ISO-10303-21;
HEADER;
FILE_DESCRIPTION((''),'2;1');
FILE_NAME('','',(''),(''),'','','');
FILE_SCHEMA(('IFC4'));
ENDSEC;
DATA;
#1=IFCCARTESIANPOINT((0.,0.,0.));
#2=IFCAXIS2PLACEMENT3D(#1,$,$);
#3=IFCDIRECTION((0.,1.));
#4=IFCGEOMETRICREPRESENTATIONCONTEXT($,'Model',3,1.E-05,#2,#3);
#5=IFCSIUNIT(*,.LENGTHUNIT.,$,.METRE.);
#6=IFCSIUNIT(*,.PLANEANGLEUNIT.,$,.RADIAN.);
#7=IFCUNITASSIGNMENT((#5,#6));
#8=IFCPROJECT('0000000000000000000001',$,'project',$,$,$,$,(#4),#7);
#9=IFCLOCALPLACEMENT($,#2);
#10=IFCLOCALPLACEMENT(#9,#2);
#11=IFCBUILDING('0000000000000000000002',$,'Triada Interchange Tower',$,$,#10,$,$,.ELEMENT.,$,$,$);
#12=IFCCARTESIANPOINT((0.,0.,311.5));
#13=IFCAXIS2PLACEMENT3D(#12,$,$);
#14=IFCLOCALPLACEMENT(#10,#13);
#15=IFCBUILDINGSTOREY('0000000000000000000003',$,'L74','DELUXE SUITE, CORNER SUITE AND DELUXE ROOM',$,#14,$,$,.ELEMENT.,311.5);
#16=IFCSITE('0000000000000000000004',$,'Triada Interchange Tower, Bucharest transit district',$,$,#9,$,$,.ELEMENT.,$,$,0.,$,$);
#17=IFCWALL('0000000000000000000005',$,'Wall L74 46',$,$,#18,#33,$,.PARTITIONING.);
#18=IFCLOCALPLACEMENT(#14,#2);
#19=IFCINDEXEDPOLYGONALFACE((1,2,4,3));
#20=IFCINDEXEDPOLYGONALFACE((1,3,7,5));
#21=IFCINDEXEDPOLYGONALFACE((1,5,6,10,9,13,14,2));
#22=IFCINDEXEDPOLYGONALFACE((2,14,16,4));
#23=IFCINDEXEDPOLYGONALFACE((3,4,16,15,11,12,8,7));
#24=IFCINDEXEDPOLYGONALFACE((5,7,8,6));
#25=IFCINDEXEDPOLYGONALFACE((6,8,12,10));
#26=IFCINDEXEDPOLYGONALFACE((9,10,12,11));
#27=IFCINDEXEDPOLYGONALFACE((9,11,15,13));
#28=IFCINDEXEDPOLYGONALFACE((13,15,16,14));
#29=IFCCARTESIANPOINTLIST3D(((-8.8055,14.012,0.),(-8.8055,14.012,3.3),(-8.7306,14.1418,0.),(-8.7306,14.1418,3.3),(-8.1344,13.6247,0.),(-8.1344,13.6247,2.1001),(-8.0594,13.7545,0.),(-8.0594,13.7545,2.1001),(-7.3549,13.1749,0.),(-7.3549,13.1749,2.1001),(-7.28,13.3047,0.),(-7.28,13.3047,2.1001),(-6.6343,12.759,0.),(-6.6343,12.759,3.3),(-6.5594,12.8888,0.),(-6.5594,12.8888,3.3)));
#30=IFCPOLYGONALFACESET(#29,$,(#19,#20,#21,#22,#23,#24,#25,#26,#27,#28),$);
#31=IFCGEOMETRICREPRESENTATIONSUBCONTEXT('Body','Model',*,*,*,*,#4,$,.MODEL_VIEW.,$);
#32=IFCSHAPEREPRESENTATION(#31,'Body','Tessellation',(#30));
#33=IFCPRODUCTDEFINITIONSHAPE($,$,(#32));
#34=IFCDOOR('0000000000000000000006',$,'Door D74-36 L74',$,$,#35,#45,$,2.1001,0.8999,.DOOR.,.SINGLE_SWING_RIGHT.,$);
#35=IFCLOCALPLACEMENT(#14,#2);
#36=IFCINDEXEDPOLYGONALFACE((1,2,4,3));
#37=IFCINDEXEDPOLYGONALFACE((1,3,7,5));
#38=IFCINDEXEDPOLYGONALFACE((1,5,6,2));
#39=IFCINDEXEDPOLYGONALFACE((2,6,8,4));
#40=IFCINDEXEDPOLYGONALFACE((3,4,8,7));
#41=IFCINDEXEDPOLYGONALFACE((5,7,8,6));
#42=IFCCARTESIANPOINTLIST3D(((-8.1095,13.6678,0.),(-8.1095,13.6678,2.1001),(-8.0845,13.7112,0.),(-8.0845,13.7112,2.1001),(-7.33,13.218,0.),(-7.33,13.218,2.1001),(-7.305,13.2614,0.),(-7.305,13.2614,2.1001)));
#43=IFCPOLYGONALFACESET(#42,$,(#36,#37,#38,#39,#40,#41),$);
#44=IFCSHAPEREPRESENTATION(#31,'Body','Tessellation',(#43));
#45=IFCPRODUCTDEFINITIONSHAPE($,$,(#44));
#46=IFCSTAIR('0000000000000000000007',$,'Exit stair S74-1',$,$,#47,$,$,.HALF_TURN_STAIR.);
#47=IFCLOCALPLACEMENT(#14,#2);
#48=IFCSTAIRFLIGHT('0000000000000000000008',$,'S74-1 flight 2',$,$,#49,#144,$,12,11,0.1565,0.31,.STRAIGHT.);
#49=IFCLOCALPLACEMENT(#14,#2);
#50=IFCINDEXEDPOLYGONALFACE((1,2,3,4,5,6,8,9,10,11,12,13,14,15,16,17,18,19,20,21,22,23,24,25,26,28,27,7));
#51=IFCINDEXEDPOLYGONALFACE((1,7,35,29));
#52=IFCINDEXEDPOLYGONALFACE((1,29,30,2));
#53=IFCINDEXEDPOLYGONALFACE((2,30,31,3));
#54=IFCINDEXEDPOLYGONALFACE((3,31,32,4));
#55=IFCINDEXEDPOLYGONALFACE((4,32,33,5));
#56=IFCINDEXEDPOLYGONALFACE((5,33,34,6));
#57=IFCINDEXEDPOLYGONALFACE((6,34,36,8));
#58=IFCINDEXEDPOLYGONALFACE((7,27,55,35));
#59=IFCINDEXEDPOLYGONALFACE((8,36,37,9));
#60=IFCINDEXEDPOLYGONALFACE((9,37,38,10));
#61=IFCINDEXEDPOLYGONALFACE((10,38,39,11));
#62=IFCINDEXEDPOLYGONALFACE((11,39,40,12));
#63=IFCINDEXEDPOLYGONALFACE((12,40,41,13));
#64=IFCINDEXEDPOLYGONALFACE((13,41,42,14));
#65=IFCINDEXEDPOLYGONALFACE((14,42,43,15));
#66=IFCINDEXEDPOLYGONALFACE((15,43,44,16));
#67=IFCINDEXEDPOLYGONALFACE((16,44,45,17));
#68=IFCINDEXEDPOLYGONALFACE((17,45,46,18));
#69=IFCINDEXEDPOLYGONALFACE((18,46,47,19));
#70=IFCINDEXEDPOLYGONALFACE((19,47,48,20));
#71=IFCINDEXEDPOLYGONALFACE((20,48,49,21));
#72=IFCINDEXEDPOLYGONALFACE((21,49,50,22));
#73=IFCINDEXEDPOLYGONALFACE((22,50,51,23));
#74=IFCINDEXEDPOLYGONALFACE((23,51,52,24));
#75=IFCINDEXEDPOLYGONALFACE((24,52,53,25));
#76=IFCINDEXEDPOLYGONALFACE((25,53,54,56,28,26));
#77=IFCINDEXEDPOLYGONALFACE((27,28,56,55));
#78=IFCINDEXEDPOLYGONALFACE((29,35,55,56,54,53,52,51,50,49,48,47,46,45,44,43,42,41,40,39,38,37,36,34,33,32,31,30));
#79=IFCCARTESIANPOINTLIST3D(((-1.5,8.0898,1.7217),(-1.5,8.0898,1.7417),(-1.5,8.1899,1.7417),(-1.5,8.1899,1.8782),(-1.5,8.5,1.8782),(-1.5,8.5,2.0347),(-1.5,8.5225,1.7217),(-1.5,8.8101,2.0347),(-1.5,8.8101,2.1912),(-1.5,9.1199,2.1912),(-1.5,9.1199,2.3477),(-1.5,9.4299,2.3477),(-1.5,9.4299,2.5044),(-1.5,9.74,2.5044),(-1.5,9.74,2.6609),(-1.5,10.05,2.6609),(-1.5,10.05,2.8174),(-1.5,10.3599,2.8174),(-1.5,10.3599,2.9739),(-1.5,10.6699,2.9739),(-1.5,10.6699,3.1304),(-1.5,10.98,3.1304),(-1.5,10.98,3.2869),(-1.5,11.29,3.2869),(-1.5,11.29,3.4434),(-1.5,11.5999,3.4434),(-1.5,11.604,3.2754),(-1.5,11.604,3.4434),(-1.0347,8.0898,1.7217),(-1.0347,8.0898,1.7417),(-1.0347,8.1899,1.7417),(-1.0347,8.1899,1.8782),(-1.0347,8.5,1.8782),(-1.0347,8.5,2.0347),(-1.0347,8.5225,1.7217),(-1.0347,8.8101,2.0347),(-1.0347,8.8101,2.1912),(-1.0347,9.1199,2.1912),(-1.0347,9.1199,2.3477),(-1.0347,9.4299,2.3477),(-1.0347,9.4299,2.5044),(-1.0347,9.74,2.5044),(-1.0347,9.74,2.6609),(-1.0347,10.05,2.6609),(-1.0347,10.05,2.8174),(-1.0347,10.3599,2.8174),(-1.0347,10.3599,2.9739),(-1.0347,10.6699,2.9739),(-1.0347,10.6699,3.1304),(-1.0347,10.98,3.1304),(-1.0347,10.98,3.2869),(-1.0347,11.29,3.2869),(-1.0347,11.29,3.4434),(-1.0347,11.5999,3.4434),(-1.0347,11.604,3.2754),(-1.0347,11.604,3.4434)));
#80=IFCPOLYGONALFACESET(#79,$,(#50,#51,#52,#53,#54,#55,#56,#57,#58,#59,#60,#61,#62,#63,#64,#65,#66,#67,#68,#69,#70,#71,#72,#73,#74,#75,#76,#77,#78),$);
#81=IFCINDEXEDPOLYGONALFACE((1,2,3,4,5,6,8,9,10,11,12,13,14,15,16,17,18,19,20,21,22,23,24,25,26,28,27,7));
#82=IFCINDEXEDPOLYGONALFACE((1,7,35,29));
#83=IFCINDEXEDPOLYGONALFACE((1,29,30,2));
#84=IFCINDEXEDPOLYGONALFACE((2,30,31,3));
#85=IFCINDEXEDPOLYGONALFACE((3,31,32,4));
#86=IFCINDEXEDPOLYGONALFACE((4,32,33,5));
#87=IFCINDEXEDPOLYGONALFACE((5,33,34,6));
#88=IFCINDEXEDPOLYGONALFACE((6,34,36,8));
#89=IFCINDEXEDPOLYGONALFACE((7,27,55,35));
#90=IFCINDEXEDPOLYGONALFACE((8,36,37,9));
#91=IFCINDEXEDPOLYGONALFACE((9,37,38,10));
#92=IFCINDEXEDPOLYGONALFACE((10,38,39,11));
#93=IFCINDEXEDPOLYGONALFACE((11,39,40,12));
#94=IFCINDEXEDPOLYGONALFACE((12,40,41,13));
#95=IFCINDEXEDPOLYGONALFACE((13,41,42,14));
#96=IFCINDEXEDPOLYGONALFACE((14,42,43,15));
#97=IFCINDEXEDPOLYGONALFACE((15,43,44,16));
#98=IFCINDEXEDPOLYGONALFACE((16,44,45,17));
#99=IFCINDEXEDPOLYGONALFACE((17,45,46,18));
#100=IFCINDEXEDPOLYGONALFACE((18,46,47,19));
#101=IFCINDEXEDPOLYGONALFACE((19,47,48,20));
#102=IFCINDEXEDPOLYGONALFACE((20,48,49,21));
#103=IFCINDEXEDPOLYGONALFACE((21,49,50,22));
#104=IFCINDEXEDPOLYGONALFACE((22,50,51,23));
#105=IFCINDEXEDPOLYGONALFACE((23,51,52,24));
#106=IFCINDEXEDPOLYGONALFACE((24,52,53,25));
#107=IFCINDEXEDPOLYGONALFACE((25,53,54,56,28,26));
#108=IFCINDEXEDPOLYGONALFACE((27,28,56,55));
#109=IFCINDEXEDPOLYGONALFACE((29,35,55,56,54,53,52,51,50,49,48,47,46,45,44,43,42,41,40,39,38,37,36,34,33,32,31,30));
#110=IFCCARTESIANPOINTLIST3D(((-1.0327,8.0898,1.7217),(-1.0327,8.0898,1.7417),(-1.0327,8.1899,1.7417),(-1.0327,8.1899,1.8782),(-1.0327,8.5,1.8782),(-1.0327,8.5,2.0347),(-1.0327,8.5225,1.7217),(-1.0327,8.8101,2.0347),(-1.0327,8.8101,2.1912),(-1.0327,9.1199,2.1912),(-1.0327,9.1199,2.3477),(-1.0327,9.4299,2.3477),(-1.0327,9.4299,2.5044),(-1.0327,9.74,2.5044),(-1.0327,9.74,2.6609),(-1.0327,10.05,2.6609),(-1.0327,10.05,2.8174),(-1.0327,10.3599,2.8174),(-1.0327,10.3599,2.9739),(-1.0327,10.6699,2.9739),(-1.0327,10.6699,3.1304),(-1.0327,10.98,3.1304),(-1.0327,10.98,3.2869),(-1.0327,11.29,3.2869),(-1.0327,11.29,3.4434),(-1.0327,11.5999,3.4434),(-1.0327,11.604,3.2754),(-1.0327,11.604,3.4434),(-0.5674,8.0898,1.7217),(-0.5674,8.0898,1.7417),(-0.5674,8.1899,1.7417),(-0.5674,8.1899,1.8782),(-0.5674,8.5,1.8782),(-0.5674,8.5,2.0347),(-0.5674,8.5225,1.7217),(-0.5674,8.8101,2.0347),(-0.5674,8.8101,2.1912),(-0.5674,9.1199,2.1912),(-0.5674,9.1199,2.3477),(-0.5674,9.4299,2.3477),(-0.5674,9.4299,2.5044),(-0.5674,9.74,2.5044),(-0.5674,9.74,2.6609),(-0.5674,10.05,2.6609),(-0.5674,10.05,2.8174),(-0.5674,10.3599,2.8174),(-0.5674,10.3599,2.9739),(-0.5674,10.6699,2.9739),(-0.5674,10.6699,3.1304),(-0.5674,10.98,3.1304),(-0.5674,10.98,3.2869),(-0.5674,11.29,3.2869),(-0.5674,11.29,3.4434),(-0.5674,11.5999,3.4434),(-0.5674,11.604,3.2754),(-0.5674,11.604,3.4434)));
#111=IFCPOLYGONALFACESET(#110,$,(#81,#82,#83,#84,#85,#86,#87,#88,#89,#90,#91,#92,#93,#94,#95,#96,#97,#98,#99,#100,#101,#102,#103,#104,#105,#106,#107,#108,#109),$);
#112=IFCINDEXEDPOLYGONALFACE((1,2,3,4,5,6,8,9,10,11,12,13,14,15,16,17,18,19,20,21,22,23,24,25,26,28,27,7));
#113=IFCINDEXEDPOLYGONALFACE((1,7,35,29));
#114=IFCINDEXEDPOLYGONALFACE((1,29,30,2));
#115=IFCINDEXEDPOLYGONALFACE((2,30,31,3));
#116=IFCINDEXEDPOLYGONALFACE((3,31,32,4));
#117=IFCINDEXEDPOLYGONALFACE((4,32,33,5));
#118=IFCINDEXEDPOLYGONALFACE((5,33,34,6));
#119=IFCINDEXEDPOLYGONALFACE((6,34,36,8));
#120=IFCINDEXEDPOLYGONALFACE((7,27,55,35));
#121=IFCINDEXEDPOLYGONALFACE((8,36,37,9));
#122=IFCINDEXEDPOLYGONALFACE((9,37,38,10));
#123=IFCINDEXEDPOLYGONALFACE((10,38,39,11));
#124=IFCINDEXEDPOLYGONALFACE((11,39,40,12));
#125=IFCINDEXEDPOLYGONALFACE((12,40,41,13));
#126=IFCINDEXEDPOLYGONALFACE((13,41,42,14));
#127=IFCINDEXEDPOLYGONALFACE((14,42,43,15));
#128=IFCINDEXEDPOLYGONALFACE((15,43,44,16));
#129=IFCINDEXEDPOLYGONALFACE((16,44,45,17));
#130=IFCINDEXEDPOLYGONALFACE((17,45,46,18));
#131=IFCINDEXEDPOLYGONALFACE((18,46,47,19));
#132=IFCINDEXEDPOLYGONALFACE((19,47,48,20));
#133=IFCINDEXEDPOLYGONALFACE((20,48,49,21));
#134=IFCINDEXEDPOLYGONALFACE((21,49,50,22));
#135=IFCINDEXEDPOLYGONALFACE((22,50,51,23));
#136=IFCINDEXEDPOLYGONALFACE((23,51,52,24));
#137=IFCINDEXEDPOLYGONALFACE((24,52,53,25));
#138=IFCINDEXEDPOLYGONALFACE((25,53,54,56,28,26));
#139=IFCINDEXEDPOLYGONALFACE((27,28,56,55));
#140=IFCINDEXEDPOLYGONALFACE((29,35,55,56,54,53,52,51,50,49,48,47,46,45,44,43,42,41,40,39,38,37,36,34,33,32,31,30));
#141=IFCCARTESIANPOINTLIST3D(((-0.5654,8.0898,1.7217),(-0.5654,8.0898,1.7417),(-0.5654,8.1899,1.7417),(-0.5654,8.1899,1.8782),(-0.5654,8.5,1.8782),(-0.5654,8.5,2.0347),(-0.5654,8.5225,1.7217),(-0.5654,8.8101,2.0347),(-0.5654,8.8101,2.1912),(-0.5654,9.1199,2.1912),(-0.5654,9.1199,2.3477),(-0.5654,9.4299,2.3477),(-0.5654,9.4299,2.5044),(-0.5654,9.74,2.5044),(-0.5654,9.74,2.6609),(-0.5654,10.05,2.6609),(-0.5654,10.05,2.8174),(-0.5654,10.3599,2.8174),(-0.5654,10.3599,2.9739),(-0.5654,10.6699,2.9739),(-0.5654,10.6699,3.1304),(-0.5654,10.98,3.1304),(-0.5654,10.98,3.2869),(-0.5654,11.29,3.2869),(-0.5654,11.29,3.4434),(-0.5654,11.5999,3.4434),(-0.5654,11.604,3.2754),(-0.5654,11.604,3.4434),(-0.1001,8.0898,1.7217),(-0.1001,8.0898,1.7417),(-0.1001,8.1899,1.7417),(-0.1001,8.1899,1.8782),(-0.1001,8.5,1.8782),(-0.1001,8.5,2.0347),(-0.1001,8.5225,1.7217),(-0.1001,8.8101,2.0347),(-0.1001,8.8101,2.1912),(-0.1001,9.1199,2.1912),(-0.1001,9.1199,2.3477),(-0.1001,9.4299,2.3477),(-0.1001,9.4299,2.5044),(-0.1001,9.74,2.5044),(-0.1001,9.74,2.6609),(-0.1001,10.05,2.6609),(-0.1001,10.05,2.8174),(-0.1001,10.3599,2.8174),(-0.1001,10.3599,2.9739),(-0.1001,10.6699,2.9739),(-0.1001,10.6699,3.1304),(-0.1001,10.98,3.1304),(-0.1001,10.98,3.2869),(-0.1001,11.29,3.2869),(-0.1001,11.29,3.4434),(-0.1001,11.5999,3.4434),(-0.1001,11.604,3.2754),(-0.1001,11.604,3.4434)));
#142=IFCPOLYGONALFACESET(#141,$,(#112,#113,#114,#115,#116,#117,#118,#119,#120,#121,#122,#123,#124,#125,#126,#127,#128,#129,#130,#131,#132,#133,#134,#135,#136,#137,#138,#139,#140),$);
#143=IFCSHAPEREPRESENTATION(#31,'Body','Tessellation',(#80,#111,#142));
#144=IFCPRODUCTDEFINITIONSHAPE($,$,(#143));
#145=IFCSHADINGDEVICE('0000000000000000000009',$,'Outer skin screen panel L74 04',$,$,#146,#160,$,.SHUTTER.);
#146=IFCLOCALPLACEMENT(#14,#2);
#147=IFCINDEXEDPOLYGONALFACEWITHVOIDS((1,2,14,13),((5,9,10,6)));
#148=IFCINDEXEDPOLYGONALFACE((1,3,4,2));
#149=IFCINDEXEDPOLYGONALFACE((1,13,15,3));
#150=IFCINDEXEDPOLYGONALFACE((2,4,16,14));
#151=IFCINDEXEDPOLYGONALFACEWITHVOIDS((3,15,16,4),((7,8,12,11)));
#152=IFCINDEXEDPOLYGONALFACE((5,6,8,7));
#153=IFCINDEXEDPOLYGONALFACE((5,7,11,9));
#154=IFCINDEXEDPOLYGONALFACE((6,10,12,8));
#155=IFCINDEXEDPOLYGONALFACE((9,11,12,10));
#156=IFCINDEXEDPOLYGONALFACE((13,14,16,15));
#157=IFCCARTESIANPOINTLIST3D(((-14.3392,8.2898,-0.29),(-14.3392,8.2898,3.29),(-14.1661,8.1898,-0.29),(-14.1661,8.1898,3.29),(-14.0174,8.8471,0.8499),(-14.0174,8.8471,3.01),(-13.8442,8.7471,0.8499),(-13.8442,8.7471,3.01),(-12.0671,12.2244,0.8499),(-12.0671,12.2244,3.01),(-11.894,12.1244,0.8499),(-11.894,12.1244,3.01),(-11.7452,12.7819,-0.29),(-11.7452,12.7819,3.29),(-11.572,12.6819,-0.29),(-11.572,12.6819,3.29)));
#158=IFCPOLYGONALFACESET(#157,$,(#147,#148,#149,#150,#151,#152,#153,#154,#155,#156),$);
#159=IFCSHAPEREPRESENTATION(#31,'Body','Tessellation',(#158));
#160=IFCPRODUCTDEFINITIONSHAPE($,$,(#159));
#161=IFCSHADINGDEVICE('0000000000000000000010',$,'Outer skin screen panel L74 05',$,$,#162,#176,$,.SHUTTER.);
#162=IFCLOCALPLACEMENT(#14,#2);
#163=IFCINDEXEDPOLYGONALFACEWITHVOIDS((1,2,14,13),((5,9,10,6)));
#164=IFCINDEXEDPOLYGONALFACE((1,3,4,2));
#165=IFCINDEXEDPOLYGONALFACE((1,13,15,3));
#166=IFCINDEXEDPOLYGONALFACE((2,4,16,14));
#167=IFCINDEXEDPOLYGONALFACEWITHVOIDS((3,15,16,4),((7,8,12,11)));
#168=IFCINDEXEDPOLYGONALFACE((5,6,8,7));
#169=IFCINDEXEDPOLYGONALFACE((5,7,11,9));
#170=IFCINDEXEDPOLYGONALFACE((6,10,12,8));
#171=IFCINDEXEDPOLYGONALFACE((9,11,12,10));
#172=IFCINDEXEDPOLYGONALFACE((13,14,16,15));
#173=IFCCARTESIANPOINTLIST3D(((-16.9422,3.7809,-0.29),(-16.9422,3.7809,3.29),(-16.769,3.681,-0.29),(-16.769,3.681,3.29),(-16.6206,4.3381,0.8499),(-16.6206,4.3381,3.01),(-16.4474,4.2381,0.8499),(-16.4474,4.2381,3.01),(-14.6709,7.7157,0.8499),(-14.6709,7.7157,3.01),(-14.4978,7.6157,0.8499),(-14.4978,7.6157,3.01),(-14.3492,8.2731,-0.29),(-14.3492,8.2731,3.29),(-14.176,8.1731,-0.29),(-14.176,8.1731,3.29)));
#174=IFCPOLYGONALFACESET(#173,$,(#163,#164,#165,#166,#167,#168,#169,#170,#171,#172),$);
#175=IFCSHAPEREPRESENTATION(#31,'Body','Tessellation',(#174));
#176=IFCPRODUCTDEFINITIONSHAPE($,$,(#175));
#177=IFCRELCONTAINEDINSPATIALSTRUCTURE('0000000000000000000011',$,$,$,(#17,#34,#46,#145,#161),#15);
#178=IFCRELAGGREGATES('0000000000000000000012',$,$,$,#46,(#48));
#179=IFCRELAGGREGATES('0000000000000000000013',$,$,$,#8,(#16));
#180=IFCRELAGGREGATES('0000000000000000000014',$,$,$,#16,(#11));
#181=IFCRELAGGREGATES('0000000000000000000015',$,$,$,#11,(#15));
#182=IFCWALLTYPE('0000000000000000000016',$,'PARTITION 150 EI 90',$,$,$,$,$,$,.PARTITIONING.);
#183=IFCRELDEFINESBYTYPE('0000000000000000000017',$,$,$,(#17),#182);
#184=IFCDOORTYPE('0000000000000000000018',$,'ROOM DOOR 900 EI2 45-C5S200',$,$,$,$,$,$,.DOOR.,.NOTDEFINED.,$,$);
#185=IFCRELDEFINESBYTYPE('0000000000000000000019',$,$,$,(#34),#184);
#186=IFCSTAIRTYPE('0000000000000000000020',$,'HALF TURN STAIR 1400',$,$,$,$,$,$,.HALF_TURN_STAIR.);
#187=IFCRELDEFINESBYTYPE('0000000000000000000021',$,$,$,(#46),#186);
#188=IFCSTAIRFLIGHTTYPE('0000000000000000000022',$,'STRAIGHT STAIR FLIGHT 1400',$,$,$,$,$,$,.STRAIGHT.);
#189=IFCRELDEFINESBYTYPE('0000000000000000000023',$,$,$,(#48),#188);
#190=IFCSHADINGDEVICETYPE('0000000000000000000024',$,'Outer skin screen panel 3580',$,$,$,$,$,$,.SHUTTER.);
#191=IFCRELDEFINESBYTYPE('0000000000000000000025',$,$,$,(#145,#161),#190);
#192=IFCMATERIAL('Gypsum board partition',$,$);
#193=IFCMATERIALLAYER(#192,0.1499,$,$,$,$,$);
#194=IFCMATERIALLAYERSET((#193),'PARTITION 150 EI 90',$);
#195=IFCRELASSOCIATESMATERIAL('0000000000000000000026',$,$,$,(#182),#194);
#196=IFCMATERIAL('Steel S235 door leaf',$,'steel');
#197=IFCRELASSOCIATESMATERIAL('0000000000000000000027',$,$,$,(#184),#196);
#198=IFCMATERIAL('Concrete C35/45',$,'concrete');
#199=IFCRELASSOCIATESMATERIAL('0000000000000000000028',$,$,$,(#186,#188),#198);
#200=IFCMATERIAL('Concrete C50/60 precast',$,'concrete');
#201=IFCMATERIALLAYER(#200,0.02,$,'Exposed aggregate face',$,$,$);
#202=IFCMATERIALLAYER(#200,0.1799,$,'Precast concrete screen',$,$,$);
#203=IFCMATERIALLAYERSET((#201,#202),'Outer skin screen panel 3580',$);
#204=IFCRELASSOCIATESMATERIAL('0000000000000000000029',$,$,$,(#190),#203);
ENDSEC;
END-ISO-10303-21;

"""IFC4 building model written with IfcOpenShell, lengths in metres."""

from ifc_helpers import new_model, si_unit, direction, frame, frame_2d, origin, place, context, subcontext, project, spatial, polyline, rectangle, outline, extrude, material, layer, layer_set, type_object, element, fill, aggregate, save


model = new_model("IFC4")

# Units and contexts
model_context = context("Model", 3, precision=1e-05, world=origin(), true_north=direction((0.0, 1.0)))
body_context = subcontext(model_context, "Body", "Model", "MODEL_VIEW")
ifc_project = project(units=[si_unit("LENGTHUNIT", "METRE"), si_unit("PLANEANGLEUNIT", "RADIAN")], contexts=[model_context])

# Site, building, storey
site_placement = place(None, origin())
site = spatial("IfcSite", under=ifc_project, at=site_placement, Name="Triada Interchange Tower, Bucharest transit district", CompositionType="ELEMENT", RefElevation=0.0)
building_placement = place(site_placement, origin())
building = spatial("IfcBuilding", under=site, at=building_placement, Name="Triada Interchange Tower", CompositionType="ELEMENT")
storey_placement = place(building_placement, frame((0.0, 0.0, 311.5)))
storey = spatial("IfcBuildingStorey", under=building, at=storey_placement, Name="L74", Description="DELUXE SUITE, CORNER SUITE AND DELUXE ROOM", CompositionType="ELEMENT", Elevation=311.5)

# Shared definitions
ifc_material_1 = material(Name="Steel S235 door leaf", Category="steel")

# Shared definitions
ifc_material_2 = material(Name="Gypsum board partition")
ifc_layer_1 = layer(ifc_material_2, 0.1499)
ifc_layer_set_1 = layer_set([ifc_layer_1], Name="PARTITION 150 EI 90")
wall_type_1 = type_object("IfcWallType", Name="PARTITION 150 EI 90", PredefinedType="PARTITIONING", material=ifc_layer_set_1)

# Wall, opening, door
door_type_1 = type_object("IfcDoorType", Name="ROOM DOOR 900 EI2 45-C5S200", OperationType="NOTDEFINED", PredefinedType="DOOR", material=ifc_material_1)
wall_1_placement = place(storey_placement, frame((-8.7681, 14.0769, 0.0), z_axis=(0.0, 0.0, 1.0), x_axis=(0.866126, -0.499826, 0.0)))
wall_1 = element("IfcWall", 1, at=wall_1_placement, inside=storey, type_object=wall_type_1, Name="Wall L74 46", PredefinedType="PARTITIONING", context=body_context, shape_type="SweptSolid", body=[
    extrude(rectangle(XDim=2.5068, YDim=0.1499, at=frame_2d((1.2534, 0.0))), origin(), (0.0, 0.0, 1.0), 3.3),
])
opening_1_placement = place(wall_1_placement, frame((0.7749, 0.0, 0.0)))
opening_1 = element("IfcOpeningElement", 2, at=opening_1_placement, cuts=wall_1, PredefinedType="OPENING", context=body_context, shape_type="SweptSolid", body=[
    extrude(rectangle(XDim=0.8999, YDim=2.1001, at=frame_2d((0.45, 1.05))), frame((0.0, 0.085, 0.0), z_axis=(0.0, -1.0, 0.0), x_axis=(1.0, 0.0, 0.0)), (0.0, 0.0, 1.0), 0.1699),
])
door_1_placement = place(opening_1_placement, origin())
door_1 = element("IfcDoor", 3, at=door_1_placement, inside=storey, type_object=door_type_1, Name="Door D74-36 L74", OperationType="SINGLE_SWING_RIGHT", OverallHeight=2.1001, OverallWidth=0.8999, PredefinedType="DOOR", context=body_context, shape_type="SweptSolid", body=[
    extrude(rectangle(XDim=0.8999, YDim=2.1001, at=frame_2d((0.45, 1.05))), frame((0.0, 0.0249, 0.0), z_axis=(0.0, -1.0, 0.0), x_axis=(1.0, 0.0, 0.0)), (0.0, 0.0, 1.0), 0.05),
])
fill(opening_1, door_1)

# Stair, stair flight
ifc_material_3 = material(Name="Concrete C35/45", Category="concrete")
stair_type = type_object("IfcStairType", Name="HALF TURN STAIR 1400", PredefinedType="HALF_TURN_STAIR", material=ifc_material_3)
stair_placement = place(storey_placement, origin())
stair = element("IfcStair", 4, at=stair_placement, inside=storey, type_object=stair_type, Name="Exit stair S74-1", PredefinedType="HALF_TURN_STAIR")
stair_flight_type = type_object("IfcStairFlightType", Name="STRAIGHT STAIR FLIGHT 1400", PredefinedType="STRAIGHT", material=ifc_material_3)
stair_flight_placement = place(storey_placement, frame((-0.8, 8.1899, 1.7217), z_axis=(0.0, 0.0, 1.0), x_axis=(0.0, 1.0, 0.0)))
stair_flight = element("IfcStairFlight", 5, at=stair_flight_placement, type_object=stair_flight_type, Name="S74-1 flight 2", NumberOfRisers=12, NumberOfTreads=11, PredefinedType="STRAIGHT", RiserHeight=0.1565, TreadLength=0.31, context=body_context, shape_type="SweptSolid", body=[
    extrude(outline(polyline([(-0.1001, 0.0), (-0.1001, 0.02), (0.0, 0.02), (0.0, 0.1565), (0.3101, 0.1565), (0.3101, 0.313), (0.6201, 0.313), (0.6201, 0.4695), (0.9299, 0.4695), (0.9299, 0.626), (1.24, 0.626), (1.24, 0.7827), (1.55, 0.7827), (1.55, 0.9392), (1.8601, 0.9392), (1.8601, 1.0957), (2.1699, 1.0957), (2.1699, 1.2522), (2.48, 1.2522), (2.48, 1.4087), (2.79, 1.4087), (2.79, 1.5652), (3.1001, 1.5652), (3.1001, 1.7217), (3.4099, 1.7217), (3.4141, 1.7217), (3.4141, 1.8782), (3.4141, 1.5537), (0.3325, 0.0), (-0.1001, 0.0)])), frame((0.0, 0.7, 0.0), z_axis=(0.0, -1.0, 0.0), x_axis=(1.0, 0.0, 0.0)), (0.0, 0.0, 1.0), 0.4653),
    extrude(outline(polyline([(-0.1001, 0.0), (-0.1001, 0.02), (0.0, 0.02), (0.0, 0.1565), (0.3101, 0.1565), (0.3101, 0.313), (0.6201, 0.313), (0.6201, 0.4695), (0.9299, 0.4695), (0.9299, 0.626), (1.24, 0.626), (1.24, 0.7827), (1.55, 0.7827), (1.55, 0.9392), (1.8601, 0.9392), (1.8601, 1.0957), (2.1699, 1.0957), (2.1699, 1.2522), (2.48, 1.2522), (2.48, 1.4087), (2.79, 1.4087), (2.79, 1.5652), (3.1001, 1.5652), (3.1001, 1.7217), (3.4099, 1.7217), (3.4141, 1.7217), (3.4141, 1.8782), (3.4141, 1.5537), (0.3325, 0.0), (-0.1001, 0.0)])), frame((0.0, 0.2327, 0.0), z_axis=(0.0, -1.0, 0.0), x_axis=(1.0, 0.0, 0.0)), (0.0, 0.0, 1.0), 0.4653),
    extrude(outline(polyline([(-0.1001, 0.0), (-0.1001, 0.02), (0.0, 0.02), (0.0, 0.1565), (0.3101, 0.1565), (0.3101, 0.313), (0.6201, 0.313), (0.6201, 0.4695), (0.9299, 0.4695), (0.9299, 0.626), (1.24, 0.626), (1.24, 0.7827), (1.55, 0.7827), (1.55, 0.9392), (1.8601, 0.9392), (1.8601, 1.0957), (2.1699, 1.0957), (2.1699, 1.2522), (2.48, 1.2522), (2.48, 1.4087), (2.79, 1.4087), (2.79, 1.5652), (3.1001, 1.5652), (3.1001, 1.7217), (3.4099, 1.7217), (3.4141, 1.7217), (3.4141, 1.8782), (3.4141, 1.5537), (0.3325, 0.0), (-0.1001, 0.0)])), frame((0.0, -0.2346, 0.0), z_axis=(0.0, -1.0, 0.0), x_axis=(1.0, 0.0, 0.0)), (0.0, 0.0, 1.0), 0.4653),
])

# Shading devices
ifc_material_4 = material(Name="Concrete C50/60 precast", Category="concrete")
ifc_layer_2 = layer(ifc_material_4, 0.02, Name="Exposed aggregate face")
ifc_layer_3 = layer(ifc_material_4, 0.1799, Name="Precast concrete screen")
ifc_layer_set_2 = layer_set([ifc_layer_2, ifc_layer_3], Name="Outer skin screen panel 3580")
shading_device_type = type_object("IfcShadingDeviceType", Name="Outer skin screen panel 3580", PredefinedType="SHUTTER", material=ifc_layer_set_2)
shading_device_1_placement = place(storey_placement, frame((-11.572, 12.6819, -0.29), z_axis=(0.0, 0.0, 1.0), x_axis=(-0.500082, -0.865978, 0.0)))
element("IfcShadingDevice", 6, at=shading_device_1_placement, inside=storey, type_object=shading_device_type, Name="Outer skin screen panel L74 04", PredefinedType="SHUTTER", context=body_context, shape_type="SweptSolid", body=[
    extrude(outline(polyline([(0.0, 0.0), (5.1873, 0.0), (5.1873, 3.5801), (0.0, 3.5801), (0.0, 0.0)]), holes=[polyline([(0.6438, 1.1399), (0.6438, 3.3), (4.5437, 3.3), (4.5437, 1.1399), (0.6438, 1.1399)])]), frame((0.0, 0.0, 0.0), z_axis=(0.0, -1.0, 0.0), x_axis=(1.0, 0.0, 0.0)), (0.0, 0.0, 1.0), 0.2),
])
shading_device_2_placement = place(storey_placement, frame((-14.176, 8.1731, -0.29), z_axis=(0.0, 0.0, 1.0), x_axis=(-0.499921, -0.866071, 0.0)))
element("IfcShadingDevice", 7, at=shading_device_2_placement, inside=storey, type_object=shading_device_type, Name="Outer skin screen panel L74 05", PredefinedType="SHUTTER", context=body_context, shape_type="SweptSolid", body=[
    extrude(outline(polyline([(0.0, 0.0), (5.1868, 0.0), (5.1868, 3.5801), (0.0, 3.5801), (0.0, 0.0)]), holes=[polyline([(0.6436, 1.1399), (0.6436, 3.3), (4.5435, 3.3), (4.5435, 1.1399), (0.6436, 1.1399)])]), frame((0.0, 0.0, 0.0), z_axis=(0.0, -1.0, 0.0), x_axis=(1.0, 0.0, 0.0)), (0.0, 0.0, 1.0), 0.2),
])

aggregate(stair, [stair_flight])

save(model, "model.ifc")
